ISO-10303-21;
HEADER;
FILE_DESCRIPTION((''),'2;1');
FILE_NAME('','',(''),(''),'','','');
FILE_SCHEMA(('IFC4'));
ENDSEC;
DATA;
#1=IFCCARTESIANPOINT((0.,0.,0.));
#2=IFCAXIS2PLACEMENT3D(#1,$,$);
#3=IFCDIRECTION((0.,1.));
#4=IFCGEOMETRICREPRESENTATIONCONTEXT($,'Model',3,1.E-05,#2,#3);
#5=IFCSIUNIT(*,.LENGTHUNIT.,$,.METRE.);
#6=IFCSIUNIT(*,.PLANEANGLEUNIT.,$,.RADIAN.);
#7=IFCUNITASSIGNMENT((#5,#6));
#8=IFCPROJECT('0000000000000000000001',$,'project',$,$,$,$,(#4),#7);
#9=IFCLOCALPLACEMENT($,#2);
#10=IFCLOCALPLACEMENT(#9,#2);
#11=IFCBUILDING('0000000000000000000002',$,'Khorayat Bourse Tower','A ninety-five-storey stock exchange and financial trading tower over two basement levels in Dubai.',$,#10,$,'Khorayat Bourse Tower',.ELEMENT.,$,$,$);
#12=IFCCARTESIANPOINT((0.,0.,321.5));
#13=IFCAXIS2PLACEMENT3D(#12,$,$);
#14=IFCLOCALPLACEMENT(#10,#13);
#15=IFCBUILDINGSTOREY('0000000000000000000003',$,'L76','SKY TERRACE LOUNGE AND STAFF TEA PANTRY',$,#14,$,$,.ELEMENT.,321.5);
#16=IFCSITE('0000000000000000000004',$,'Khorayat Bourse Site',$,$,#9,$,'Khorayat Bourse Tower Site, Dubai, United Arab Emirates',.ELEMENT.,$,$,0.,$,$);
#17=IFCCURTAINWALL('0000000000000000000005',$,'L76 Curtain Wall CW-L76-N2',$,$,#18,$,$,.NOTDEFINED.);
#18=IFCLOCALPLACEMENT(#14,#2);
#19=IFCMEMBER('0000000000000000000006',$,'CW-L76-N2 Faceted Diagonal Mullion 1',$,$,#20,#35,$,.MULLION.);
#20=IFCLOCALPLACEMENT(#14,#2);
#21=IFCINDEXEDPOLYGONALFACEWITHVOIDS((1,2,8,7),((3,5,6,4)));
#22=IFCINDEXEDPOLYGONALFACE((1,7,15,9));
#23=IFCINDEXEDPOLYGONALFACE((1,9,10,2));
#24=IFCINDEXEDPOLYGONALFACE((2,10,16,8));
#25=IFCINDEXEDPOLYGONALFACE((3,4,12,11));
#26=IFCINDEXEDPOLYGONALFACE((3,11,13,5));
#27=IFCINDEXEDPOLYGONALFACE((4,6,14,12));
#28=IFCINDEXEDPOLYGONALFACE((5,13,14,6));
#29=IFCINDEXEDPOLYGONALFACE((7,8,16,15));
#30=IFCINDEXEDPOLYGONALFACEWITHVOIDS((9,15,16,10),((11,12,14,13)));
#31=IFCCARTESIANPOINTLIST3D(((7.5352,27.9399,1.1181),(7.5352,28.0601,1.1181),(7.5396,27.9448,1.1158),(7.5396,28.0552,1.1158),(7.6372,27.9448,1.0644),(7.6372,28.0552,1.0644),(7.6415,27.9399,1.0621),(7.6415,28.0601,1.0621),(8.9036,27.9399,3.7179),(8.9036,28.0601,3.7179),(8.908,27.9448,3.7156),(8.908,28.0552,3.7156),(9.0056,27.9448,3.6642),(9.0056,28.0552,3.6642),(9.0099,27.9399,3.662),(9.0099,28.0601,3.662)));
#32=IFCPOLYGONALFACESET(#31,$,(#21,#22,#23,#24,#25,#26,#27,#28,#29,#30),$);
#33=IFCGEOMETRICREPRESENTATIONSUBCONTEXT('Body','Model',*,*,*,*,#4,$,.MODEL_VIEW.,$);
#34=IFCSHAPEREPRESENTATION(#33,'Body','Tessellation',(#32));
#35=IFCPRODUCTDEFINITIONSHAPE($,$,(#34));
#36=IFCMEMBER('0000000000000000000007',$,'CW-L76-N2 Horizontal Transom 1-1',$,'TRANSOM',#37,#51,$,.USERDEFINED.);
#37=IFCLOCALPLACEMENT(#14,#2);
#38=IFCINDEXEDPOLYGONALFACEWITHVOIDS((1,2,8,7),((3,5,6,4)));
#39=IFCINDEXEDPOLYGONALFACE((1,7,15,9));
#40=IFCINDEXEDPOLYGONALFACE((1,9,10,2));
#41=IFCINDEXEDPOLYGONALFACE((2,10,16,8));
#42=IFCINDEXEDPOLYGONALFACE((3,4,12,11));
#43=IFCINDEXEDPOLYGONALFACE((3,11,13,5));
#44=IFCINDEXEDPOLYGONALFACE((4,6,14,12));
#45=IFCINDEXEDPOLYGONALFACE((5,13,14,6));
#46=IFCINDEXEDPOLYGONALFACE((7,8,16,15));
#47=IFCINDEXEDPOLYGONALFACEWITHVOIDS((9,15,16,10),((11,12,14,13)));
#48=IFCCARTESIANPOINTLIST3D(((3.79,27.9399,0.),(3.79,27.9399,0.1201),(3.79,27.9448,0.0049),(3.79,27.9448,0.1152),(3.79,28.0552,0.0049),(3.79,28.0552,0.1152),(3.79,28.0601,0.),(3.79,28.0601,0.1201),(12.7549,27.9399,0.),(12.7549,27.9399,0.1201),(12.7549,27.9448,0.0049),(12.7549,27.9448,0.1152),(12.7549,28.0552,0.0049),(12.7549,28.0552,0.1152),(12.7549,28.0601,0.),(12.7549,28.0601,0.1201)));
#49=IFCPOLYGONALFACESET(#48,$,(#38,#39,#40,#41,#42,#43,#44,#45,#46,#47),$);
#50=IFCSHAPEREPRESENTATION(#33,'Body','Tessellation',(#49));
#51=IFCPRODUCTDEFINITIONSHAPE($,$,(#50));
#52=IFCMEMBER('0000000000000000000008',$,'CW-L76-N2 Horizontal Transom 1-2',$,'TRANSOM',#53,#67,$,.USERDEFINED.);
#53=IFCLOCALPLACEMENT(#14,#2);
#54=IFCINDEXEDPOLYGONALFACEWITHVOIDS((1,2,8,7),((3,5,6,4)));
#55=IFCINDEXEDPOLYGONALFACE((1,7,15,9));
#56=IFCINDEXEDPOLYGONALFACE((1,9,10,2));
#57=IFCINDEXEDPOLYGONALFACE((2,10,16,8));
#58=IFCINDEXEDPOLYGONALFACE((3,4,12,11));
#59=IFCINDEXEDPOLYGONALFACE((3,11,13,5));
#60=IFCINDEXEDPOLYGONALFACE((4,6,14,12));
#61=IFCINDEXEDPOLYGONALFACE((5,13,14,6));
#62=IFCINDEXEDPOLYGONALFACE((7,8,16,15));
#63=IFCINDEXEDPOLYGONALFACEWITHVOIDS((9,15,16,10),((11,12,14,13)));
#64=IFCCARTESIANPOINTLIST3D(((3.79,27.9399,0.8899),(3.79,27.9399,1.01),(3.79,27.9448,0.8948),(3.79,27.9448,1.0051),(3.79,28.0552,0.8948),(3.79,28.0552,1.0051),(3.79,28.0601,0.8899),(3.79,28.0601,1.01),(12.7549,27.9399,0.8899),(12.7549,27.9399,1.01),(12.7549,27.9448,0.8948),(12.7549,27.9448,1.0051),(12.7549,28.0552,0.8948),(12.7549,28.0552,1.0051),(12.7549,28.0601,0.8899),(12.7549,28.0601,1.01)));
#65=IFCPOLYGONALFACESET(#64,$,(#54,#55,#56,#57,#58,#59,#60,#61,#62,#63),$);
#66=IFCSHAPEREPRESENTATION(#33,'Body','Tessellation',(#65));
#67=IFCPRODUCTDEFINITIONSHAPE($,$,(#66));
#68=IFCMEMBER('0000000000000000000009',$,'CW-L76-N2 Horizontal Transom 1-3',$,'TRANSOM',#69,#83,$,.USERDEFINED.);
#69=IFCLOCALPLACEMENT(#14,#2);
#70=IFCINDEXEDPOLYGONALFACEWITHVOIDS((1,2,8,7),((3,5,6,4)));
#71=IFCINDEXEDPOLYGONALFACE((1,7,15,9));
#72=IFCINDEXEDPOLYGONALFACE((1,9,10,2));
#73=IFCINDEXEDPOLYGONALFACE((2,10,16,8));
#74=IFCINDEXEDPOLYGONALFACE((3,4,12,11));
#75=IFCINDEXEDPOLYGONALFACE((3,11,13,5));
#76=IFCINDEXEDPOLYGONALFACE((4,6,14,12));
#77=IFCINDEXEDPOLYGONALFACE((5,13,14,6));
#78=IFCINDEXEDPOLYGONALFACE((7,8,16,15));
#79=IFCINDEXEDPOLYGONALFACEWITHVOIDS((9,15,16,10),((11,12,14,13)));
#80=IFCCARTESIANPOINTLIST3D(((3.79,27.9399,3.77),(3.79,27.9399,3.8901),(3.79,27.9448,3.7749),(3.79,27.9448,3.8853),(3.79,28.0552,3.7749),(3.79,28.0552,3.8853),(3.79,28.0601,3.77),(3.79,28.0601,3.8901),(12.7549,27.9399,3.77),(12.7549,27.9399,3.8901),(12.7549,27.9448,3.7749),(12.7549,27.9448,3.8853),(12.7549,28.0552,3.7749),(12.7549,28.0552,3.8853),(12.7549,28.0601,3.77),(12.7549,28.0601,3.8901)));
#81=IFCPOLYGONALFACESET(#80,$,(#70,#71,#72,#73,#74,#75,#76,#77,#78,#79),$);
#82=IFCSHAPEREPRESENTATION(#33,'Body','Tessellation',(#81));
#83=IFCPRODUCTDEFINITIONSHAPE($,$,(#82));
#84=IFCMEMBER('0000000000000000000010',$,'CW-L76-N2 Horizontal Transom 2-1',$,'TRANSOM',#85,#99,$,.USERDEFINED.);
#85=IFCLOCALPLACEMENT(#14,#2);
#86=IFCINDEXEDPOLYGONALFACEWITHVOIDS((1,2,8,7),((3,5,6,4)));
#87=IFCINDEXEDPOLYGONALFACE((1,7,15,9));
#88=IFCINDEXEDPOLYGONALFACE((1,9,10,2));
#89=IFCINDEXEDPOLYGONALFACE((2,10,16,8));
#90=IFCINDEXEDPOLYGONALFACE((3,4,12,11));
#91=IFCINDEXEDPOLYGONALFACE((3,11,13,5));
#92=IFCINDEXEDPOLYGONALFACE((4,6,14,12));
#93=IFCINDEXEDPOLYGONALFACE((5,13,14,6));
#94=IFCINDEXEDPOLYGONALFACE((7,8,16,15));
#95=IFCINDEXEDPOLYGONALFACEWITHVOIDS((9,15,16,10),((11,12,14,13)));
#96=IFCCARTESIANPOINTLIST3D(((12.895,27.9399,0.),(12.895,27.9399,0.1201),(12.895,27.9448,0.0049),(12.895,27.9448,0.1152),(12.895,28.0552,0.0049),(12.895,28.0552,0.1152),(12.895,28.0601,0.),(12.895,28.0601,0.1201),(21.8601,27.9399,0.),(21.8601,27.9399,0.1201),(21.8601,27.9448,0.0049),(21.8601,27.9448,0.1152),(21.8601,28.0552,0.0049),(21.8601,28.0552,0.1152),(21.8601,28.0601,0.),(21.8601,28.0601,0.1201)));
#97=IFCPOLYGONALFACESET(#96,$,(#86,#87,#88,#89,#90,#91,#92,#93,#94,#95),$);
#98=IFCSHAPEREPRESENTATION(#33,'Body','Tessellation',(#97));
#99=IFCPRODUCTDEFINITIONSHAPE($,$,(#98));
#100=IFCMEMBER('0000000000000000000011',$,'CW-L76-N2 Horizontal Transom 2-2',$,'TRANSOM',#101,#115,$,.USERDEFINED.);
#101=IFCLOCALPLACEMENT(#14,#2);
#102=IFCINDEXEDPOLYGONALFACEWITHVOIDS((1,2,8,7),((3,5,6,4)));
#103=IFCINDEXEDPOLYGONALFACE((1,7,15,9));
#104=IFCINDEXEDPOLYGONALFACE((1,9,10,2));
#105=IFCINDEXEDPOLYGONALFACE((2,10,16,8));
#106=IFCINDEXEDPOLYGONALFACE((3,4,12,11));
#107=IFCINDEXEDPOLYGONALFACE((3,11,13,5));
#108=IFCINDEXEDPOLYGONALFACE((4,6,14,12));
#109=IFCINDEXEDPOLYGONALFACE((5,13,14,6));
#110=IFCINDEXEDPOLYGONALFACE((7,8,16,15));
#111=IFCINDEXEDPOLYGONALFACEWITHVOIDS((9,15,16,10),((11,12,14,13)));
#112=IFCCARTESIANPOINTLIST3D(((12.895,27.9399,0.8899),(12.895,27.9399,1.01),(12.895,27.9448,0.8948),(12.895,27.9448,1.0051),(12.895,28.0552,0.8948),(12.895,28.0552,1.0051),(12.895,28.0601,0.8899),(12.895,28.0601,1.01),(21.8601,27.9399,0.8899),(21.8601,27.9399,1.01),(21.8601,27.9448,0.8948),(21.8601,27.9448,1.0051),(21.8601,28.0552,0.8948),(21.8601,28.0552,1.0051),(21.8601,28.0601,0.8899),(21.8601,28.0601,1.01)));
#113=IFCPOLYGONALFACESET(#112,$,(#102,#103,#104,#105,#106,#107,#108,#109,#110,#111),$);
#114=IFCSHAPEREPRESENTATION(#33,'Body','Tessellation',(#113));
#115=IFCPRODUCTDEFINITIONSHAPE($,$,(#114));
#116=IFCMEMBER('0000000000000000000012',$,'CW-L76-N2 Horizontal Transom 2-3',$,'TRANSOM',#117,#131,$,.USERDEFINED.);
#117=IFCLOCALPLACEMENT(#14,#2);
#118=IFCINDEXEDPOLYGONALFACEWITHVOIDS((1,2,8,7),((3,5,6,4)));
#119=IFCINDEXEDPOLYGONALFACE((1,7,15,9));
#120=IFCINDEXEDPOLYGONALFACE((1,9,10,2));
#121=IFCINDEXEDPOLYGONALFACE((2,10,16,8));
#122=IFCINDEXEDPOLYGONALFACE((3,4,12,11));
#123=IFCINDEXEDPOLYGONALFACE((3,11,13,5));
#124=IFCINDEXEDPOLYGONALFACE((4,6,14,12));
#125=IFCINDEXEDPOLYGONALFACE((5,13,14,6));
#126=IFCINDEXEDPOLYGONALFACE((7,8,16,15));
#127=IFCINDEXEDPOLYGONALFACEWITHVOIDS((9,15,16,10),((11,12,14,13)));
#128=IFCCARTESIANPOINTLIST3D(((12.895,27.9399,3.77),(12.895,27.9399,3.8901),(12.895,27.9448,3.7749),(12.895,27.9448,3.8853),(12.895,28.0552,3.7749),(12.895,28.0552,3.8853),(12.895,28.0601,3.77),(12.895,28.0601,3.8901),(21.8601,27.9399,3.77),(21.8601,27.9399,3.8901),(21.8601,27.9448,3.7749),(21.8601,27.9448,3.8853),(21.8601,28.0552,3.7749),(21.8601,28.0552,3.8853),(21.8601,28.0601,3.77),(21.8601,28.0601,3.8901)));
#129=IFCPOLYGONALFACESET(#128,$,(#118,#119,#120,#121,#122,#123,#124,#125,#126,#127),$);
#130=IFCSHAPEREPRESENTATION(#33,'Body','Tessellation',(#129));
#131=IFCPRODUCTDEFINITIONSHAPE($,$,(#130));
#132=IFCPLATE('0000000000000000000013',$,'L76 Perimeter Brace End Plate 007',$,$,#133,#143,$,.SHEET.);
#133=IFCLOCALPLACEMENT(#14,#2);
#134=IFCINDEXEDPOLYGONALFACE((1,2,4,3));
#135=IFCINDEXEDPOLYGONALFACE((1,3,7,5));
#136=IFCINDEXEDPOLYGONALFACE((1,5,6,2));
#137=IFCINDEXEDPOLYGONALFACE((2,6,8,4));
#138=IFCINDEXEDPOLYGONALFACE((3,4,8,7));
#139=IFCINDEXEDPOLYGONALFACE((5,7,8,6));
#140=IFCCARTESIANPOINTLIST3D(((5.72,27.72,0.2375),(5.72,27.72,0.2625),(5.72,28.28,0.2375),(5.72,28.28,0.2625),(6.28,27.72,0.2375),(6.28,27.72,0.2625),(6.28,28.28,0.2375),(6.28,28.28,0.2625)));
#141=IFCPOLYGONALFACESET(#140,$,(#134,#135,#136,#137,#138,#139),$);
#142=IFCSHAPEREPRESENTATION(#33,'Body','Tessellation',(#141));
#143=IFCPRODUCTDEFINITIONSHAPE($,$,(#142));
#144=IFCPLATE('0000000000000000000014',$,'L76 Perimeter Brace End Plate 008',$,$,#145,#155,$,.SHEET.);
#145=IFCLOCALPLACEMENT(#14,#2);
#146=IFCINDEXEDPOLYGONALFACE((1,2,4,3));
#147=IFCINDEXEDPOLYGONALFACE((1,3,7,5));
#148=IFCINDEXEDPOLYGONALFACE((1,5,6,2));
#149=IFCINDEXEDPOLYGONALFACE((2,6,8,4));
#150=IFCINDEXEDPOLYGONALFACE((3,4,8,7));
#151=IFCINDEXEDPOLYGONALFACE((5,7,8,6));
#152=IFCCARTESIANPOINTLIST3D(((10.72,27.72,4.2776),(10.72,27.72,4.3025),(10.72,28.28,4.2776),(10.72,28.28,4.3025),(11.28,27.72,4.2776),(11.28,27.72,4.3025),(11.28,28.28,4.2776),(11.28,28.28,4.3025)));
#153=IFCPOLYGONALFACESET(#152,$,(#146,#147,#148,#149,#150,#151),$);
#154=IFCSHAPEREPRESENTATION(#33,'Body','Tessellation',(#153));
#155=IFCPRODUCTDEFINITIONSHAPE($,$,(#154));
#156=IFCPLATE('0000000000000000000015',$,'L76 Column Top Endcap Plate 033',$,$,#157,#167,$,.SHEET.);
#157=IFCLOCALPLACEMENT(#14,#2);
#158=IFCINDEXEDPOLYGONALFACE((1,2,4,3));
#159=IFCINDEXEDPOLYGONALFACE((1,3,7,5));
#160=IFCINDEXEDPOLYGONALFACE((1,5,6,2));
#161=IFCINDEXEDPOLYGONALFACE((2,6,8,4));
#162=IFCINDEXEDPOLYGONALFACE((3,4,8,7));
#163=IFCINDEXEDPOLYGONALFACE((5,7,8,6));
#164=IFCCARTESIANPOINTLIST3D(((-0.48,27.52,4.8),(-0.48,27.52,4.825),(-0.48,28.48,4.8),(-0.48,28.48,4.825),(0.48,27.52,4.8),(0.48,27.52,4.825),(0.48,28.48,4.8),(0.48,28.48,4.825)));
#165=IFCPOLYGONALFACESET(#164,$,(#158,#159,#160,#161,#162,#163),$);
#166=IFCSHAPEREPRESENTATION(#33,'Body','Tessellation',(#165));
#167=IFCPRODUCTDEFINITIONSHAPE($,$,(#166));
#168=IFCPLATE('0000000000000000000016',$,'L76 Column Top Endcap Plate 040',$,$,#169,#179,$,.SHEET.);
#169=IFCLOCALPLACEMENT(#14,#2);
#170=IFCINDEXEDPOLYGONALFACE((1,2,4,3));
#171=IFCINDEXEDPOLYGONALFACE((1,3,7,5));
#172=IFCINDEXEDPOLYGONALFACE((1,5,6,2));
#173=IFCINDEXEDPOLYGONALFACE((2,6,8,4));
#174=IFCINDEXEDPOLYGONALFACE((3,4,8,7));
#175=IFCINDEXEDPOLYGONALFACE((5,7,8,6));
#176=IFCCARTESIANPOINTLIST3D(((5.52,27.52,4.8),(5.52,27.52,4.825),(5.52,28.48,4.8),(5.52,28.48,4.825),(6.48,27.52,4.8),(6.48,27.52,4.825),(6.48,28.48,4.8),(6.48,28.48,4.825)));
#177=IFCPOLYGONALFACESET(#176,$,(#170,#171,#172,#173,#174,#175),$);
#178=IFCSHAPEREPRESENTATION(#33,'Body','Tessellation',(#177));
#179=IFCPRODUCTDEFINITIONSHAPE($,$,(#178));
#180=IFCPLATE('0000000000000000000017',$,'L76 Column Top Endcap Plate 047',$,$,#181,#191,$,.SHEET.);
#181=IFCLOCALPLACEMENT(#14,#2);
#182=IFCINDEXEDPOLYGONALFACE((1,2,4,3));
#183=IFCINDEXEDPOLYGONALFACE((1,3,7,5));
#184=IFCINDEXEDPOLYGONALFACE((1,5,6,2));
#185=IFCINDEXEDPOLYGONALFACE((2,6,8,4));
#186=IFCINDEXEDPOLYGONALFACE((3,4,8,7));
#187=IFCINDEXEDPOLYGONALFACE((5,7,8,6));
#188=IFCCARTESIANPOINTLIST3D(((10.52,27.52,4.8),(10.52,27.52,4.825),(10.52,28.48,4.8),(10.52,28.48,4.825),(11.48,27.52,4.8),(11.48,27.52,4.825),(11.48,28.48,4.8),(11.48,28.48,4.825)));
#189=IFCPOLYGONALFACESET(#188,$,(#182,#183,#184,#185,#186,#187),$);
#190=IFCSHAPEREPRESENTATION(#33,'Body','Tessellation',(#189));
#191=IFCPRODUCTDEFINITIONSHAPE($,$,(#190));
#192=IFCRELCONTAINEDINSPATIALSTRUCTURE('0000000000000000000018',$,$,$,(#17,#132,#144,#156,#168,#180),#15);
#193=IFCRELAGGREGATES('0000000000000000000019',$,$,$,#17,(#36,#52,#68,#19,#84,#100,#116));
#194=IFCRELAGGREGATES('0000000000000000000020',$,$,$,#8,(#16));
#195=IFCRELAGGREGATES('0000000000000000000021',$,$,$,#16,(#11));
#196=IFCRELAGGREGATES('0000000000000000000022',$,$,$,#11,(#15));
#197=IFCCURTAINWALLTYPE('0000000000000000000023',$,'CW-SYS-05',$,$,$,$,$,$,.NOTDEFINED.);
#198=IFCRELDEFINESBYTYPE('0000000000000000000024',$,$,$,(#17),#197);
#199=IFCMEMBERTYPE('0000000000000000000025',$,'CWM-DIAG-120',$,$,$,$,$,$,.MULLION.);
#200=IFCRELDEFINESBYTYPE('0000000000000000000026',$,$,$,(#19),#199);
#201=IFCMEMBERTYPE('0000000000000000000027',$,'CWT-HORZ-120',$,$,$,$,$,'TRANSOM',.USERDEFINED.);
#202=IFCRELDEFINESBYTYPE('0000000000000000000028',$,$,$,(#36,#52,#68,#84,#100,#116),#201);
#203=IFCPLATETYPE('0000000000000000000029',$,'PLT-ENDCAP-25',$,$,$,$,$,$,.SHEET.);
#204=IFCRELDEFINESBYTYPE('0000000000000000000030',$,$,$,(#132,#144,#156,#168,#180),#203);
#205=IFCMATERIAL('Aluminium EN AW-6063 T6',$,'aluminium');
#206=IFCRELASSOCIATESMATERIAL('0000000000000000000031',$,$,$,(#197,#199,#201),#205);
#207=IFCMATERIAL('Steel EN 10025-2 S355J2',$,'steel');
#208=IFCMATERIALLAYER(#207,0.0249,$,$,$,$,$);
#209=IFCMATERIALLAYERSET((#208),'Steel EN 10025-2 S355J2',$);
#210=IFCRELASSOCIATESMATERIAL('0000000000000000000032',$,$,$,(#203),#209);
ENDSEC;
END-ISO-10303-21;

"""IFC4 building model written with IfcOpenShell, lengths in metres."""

from ifc_helpers import new_model, si_unit, direction, frame, origin, origin_2d, place, context, subcontext, project, spatial, rectangle, hollow_rectangle, extrude, source, transform, mapped, material, layer, layer_set, material_profile, profile_set, type_object, element, aggregate, save


model = new_model("IFC4")

# Units and contexts
model_context = context("Model", 3, precision=1e-05, world=origin(), true_north=direction((0.0, 1.0)))
body_context = subcontext(model_context, "Body", "Model", "MODEL_VIEW")
ifc_project = project(units=[si_unit("LENGTHUNIT", "METRE"), si_unit("PLANEANGLEUNIT", "RADIAN")], contexts=[model_context])

# Site, building, storey
site_placement = place(None, origin())
site = spatial("IfcSite", under=ifc_project, at=site_placement, Name="Khorayat Bourse Site", LongName="Khorayat Bourse Tower Site, Dubai, United Arab Emirates", CompositionType="ELEMENT", RefElevation=0.0)
building_placement = place(site_placement, origin())
building = spatial("IfcBuilding", under=site, at=building_placement, Name="Khorayat Bourse Tower", Description="A ninety-five-storey stock exchange and financial trading tower over two basement levels in Dubai.", LongName="Khorayat Bourse Tower", CompositionType="ELEMENT")
storey_placement = place(building_placement, frame((0.0, 0.0, 321.5)))
storey = spatial("IfcBuildingStorey", under=building, at=storey_placement, Name="L76", Description="SKY TERRACE LOUNGE AND STAFF TEA PANTRY", CompositionType="ELEMENT", Elevation=321.5)

# Shared definitions
ifc_material_1 = material(Name="Aluminium EN AW-6063 T6", Category="aluminium")
curtain_wall_type = type_object("IfcCurtainWallType", Name="CW-SYS-05", PredefinedType="NOTDEFINED", material=ifc_material_1)

# Curtain wall, members
curtain_wall_1_placement = place(storey_placement, origin())
curtain_wall_1 = element("IfcCurtainWall", 1, at=curtain_wall_1_placement, inside=storey, type_object=curtain_wall_type, Name="L76 Curtain Wall CW-L76-N2", PredefinedType="NOTDEFINED")
ifc_material_profile_1 = material_profile(ifc_material_1, hollow_rectangle(XDim=0.1201, YDim=0.1201, WallThickness=0.0049, at=origin_2d()), Name="ALU 120x120x5")
ifc_profile_set_1 = profile_set([ifc_material_profile_1], Name="Aluminium EN AW-6063 T6")
member_type_1 = type_object("IfcMemberType", Name="CWM-DIAG-120", PredefinedType="MULLION", material=ifc_profile_set_1)
shared_shape_1 = source(origin(), body_context, "Body", "SweptSolid", [
    extrude(hollow_rectangle(XDim=0.1201, YDim=0.1201, WallThickness=0.0049, at=origin_2d()), origin(), (0.0, 0.0, 1.0), 2.938),
])
member_1_placement = place(storey_placement, frame((7.5884, 28.0, 1.0901), z_axis=(0.465764, 0.0, 0.884909), x_axis=(0.0, 1.0, 0.0)))
member_1 = element("IfcMember", 2, at=member_1_placement, type_object=member_type_1, Name="CW-L76-N2 Faceted Diagonal Mullion 1", PredefinedType="MULLION", context=body_context, shape_type="MappedRepresentation", body=[
    mapped(shared_shape_1, transform((0.0, 0.0, 0.0), scale=1.0)),
])
ifc_material_profile_2 = material_profile(ifc_material_1, hollow_rectangle(XDim=0.1201, YDim=0.1201, WallThickness=0.0049, at=origin_2d()), Name="ALU 120x120x5")
ifc_profile_set_2 = profile_set([ifc_material_profile_2], Name="Aluminium EN AW-6063 T6")
member_type_2 = type_object("IfcMemberType", Name="CWT-HORZ-120", ElementType="TRANSOM", PredefinedType="USERDEFINED", material=ifc_profile_set_2)
shared_shape_2 = source(origin(), body_context, "Body", "SweptSolid", [
    extrude(hollow_rectangle(XDim=0.1201, YDim=0.1201, WallThickness=0.0049, at=origin_2d()), origin(), (0.0, 0.0, 1.0), 8.9648),
])
member_2_placement = place(storey_placement, frame((3.79, 28.0, 0.0601), z_axis=(1.0, 0.0, 0.0), x_axis=(0.0, 1.0, 0.0)))
member_2 = element("IfcMember", 3, at=member_2_placement, type_object=member_type_2, Name="CW-L76-N2 Horizontal Transom 1-1", ObjectType="TRANSOM", PredefinedType="USERDEFINED", context=body_context, shape_type="MappedRepresentation", body=[
    mapped(shared_shape_2, transform((0.0, 0.0, 0.0), scale=1.0)),
])
member_3_placement = place(storey_placement, frame((3.79, 28.0, 0.95), z_axis=(1.0, 0.0, 0.0), x_axis=(0.0, 1.0, 0.0)))
member_3 = element("IfcMember", 4, at=member_3_placement, type_object=member_type_2, Name="CW-L76-N2 Horizontal Transom 1-2", ObjectType="TRANSOM", PredefinedType="USERDEFINED", context=body_context, shape_type="MappedRepresentation", body=[
    mapped(shared_shape_2, transform((0.0, 0.0, 0.0), scale=1.0)),
])
member_4_placement = place(storey_placement, frame((3.79, 28.0, 3.8301), z_axis=(1.0, 0.0, 0.0), x_axis=(0.0, 1.0, 0.0)))
member_4 = element("IfcMember", 5, at=member_4_placement, type_object=member_type_2, Name="CW-L76-N2 Horizontal Transom 1-3", ObjectType="TRANSOM", PredefinedType="USERDEFINED", context=body_context, shape_type="MappedRepresentation", body=[
    mapped(shared_shape_2, transform((0.0, 0.0, 0.0), scale=1.0)),
])
shared_shape_3 = source(origin(), body_context, "Body", "SweptSolid", [
    extrude(hollow_rectangle(XDim=0.1201, YDim=0.1201, WallThickness=0.0049, at=origin_2d()), origin(), (0.0, 0.0, 1.0), 8.9651),
])
member_5_placement = place(storey_placement, frame((12.895, 28.0, 0.0601), z_axis=(1.0, 0.0, 0.0), x_axis=(0.0, 1.0, 0.0)))
member_5 = element("IfcMember", 6, at=member_5_placement, type_object=member_type_2, Name="CW-L76-N2 Horizontal Transom 2-1", ObjectType="TRANSOM", PredefinedType="USERDEFINED", context=body_context, shape_type="MappedRepresentation", body=[
    mapped(shared_shape_3, transform((0.0, 0.0, 0.0), scale=1.0)),
])
member_6_placement = place(storey_placement, frame((12.895, 28.0, 0.95), z_axis=(1.0, 0.0, 0.0), x_axis=(0.0, 1.0, 0.0)))
member_6 = element("IfcMember", 7, at=member_6_placement, type_object=member_type_2, Name="CW-L76-N2 Horizontal Transom 2-2", ObjectType="TRANSOM", PredefinedType="USERDEFINED", context=body_context, shape_type="MappedRepresentation", body=[
    mapped(shared_shape_3, transform((0.0, 0.0, 0.0), scale=1.0)),
])
member_7_placement = place(storey_placement, frame((12.895, 28.0, 3.8301), z_axis=(1.0, 0.0, 0.0), x_axis=(0.0, 1.0, 0.0)))
member_7 = element("IfcMember", 8, at=member_7_placement, type_object=member_type_2, Name="CW-L76-N2 Horizontal Transom 2-3", ObjectType="TRANSOM", PredefinedType="USERDEFINED", context=body_context, shape_type="MappedRepresentation", body=[
    mapped(shared_shape_3, transform((0.0, 0.0, 0.0), scale=1.0)),
])

# Plates
ifc_material_2 = material(Name="Steel EN 10025-2 S355J2", Category="steel")
ifc_layer_1 = layer(ifc_material_2, 0.0249)
ifc_layer_set_1 = layer_set([ifc_layer_1], Name="Steel EN 10025-2 S355J2")
plate_type_1 = type_object("IfcPlateType", Name="PLT-ENDCAP-25", PredefinedType="SHEET", material=ifc_layer_set_1)
shared_shape_4 = source(origin(), body_context, "Body", "SweptSolid", [
    extrude(rectangle(XDim=0.5601, YDim=0.5601, at=origin_2d()), origin(), (0.0, 0.0, 1.0), 0.0249),
])
for number, where, z_axis, x_axis, name in (
    (9, (6.0, 28.0, 0.2375), (0.0, 0.0, 1.0), (1.0, 0.0, 0.0), "L76 Perimeter Brace End Plate 007"),
    (10, (11.0, 28.0, 4.2776), (0.0, 0.0, 1.0), (1.0, 0.0, 0.0), "L76 Perimeter Brace End Plate 008"),
):
    element("IfcPlate", number, at=place(storey_placement, frame(where, z_axis=z_axis, x_axis=x_axis)), inside=storey, type_object=plate_type_1, Name=name, PredefinedType="SHEET", context=body_context, shape_type="MappedRepresentation", body=[
        mapped(shared_shape_4, transform((0.0, 0.0, 0.0), scale=1.0)),
    ])
shared_shape_5 = source(origin(), body_context, "Body", "SweptSolid", [
    extrude(rectangle(XDim=0.96, YDim=0.96, at=origin_2d()), origin(), (0.0, 0.0, 1.0), 0.0249),
])
for number, where, z_axis, x_axis, name in (
    (11, (0.0, 28.0, 4.8), (0.0, 0.0, 1.0), (1.0, 0.0, 0.0), "L76 Column Top Endcap Plate 033"),
    (12, (6.0, 28.0, 4.8), (0.0, 0.0, 1.0), (1.0, 0.0, 0.0), "L76 Column Top Endcap Plate 040"),
    (13, (11.0, 28.0, 4.8), (0.0, 0.0, 1.0), (1.0, 0.0, 0.0), "L76 Column Top Endcap Plate 047"),
):
    element("IfcPlate", number, at=place(storey_placement, frame(where, z_axis=z_axis, x_axis=x_axis)), inside=storey, type_object=plate_type_1, Name=name, PredefinedType="SHEET", context=body_context, shape_type="MappedRepresentation", body=[
        mapped(shared_shape_5, transform((0.0, 0.0, 0.0), scale=1.0)),
    ])

aggregate(curtain_wall_1, [member_2, member_3, member_4, member_1, member_5, member_6, member_7])

save(model, "model.ifc")
